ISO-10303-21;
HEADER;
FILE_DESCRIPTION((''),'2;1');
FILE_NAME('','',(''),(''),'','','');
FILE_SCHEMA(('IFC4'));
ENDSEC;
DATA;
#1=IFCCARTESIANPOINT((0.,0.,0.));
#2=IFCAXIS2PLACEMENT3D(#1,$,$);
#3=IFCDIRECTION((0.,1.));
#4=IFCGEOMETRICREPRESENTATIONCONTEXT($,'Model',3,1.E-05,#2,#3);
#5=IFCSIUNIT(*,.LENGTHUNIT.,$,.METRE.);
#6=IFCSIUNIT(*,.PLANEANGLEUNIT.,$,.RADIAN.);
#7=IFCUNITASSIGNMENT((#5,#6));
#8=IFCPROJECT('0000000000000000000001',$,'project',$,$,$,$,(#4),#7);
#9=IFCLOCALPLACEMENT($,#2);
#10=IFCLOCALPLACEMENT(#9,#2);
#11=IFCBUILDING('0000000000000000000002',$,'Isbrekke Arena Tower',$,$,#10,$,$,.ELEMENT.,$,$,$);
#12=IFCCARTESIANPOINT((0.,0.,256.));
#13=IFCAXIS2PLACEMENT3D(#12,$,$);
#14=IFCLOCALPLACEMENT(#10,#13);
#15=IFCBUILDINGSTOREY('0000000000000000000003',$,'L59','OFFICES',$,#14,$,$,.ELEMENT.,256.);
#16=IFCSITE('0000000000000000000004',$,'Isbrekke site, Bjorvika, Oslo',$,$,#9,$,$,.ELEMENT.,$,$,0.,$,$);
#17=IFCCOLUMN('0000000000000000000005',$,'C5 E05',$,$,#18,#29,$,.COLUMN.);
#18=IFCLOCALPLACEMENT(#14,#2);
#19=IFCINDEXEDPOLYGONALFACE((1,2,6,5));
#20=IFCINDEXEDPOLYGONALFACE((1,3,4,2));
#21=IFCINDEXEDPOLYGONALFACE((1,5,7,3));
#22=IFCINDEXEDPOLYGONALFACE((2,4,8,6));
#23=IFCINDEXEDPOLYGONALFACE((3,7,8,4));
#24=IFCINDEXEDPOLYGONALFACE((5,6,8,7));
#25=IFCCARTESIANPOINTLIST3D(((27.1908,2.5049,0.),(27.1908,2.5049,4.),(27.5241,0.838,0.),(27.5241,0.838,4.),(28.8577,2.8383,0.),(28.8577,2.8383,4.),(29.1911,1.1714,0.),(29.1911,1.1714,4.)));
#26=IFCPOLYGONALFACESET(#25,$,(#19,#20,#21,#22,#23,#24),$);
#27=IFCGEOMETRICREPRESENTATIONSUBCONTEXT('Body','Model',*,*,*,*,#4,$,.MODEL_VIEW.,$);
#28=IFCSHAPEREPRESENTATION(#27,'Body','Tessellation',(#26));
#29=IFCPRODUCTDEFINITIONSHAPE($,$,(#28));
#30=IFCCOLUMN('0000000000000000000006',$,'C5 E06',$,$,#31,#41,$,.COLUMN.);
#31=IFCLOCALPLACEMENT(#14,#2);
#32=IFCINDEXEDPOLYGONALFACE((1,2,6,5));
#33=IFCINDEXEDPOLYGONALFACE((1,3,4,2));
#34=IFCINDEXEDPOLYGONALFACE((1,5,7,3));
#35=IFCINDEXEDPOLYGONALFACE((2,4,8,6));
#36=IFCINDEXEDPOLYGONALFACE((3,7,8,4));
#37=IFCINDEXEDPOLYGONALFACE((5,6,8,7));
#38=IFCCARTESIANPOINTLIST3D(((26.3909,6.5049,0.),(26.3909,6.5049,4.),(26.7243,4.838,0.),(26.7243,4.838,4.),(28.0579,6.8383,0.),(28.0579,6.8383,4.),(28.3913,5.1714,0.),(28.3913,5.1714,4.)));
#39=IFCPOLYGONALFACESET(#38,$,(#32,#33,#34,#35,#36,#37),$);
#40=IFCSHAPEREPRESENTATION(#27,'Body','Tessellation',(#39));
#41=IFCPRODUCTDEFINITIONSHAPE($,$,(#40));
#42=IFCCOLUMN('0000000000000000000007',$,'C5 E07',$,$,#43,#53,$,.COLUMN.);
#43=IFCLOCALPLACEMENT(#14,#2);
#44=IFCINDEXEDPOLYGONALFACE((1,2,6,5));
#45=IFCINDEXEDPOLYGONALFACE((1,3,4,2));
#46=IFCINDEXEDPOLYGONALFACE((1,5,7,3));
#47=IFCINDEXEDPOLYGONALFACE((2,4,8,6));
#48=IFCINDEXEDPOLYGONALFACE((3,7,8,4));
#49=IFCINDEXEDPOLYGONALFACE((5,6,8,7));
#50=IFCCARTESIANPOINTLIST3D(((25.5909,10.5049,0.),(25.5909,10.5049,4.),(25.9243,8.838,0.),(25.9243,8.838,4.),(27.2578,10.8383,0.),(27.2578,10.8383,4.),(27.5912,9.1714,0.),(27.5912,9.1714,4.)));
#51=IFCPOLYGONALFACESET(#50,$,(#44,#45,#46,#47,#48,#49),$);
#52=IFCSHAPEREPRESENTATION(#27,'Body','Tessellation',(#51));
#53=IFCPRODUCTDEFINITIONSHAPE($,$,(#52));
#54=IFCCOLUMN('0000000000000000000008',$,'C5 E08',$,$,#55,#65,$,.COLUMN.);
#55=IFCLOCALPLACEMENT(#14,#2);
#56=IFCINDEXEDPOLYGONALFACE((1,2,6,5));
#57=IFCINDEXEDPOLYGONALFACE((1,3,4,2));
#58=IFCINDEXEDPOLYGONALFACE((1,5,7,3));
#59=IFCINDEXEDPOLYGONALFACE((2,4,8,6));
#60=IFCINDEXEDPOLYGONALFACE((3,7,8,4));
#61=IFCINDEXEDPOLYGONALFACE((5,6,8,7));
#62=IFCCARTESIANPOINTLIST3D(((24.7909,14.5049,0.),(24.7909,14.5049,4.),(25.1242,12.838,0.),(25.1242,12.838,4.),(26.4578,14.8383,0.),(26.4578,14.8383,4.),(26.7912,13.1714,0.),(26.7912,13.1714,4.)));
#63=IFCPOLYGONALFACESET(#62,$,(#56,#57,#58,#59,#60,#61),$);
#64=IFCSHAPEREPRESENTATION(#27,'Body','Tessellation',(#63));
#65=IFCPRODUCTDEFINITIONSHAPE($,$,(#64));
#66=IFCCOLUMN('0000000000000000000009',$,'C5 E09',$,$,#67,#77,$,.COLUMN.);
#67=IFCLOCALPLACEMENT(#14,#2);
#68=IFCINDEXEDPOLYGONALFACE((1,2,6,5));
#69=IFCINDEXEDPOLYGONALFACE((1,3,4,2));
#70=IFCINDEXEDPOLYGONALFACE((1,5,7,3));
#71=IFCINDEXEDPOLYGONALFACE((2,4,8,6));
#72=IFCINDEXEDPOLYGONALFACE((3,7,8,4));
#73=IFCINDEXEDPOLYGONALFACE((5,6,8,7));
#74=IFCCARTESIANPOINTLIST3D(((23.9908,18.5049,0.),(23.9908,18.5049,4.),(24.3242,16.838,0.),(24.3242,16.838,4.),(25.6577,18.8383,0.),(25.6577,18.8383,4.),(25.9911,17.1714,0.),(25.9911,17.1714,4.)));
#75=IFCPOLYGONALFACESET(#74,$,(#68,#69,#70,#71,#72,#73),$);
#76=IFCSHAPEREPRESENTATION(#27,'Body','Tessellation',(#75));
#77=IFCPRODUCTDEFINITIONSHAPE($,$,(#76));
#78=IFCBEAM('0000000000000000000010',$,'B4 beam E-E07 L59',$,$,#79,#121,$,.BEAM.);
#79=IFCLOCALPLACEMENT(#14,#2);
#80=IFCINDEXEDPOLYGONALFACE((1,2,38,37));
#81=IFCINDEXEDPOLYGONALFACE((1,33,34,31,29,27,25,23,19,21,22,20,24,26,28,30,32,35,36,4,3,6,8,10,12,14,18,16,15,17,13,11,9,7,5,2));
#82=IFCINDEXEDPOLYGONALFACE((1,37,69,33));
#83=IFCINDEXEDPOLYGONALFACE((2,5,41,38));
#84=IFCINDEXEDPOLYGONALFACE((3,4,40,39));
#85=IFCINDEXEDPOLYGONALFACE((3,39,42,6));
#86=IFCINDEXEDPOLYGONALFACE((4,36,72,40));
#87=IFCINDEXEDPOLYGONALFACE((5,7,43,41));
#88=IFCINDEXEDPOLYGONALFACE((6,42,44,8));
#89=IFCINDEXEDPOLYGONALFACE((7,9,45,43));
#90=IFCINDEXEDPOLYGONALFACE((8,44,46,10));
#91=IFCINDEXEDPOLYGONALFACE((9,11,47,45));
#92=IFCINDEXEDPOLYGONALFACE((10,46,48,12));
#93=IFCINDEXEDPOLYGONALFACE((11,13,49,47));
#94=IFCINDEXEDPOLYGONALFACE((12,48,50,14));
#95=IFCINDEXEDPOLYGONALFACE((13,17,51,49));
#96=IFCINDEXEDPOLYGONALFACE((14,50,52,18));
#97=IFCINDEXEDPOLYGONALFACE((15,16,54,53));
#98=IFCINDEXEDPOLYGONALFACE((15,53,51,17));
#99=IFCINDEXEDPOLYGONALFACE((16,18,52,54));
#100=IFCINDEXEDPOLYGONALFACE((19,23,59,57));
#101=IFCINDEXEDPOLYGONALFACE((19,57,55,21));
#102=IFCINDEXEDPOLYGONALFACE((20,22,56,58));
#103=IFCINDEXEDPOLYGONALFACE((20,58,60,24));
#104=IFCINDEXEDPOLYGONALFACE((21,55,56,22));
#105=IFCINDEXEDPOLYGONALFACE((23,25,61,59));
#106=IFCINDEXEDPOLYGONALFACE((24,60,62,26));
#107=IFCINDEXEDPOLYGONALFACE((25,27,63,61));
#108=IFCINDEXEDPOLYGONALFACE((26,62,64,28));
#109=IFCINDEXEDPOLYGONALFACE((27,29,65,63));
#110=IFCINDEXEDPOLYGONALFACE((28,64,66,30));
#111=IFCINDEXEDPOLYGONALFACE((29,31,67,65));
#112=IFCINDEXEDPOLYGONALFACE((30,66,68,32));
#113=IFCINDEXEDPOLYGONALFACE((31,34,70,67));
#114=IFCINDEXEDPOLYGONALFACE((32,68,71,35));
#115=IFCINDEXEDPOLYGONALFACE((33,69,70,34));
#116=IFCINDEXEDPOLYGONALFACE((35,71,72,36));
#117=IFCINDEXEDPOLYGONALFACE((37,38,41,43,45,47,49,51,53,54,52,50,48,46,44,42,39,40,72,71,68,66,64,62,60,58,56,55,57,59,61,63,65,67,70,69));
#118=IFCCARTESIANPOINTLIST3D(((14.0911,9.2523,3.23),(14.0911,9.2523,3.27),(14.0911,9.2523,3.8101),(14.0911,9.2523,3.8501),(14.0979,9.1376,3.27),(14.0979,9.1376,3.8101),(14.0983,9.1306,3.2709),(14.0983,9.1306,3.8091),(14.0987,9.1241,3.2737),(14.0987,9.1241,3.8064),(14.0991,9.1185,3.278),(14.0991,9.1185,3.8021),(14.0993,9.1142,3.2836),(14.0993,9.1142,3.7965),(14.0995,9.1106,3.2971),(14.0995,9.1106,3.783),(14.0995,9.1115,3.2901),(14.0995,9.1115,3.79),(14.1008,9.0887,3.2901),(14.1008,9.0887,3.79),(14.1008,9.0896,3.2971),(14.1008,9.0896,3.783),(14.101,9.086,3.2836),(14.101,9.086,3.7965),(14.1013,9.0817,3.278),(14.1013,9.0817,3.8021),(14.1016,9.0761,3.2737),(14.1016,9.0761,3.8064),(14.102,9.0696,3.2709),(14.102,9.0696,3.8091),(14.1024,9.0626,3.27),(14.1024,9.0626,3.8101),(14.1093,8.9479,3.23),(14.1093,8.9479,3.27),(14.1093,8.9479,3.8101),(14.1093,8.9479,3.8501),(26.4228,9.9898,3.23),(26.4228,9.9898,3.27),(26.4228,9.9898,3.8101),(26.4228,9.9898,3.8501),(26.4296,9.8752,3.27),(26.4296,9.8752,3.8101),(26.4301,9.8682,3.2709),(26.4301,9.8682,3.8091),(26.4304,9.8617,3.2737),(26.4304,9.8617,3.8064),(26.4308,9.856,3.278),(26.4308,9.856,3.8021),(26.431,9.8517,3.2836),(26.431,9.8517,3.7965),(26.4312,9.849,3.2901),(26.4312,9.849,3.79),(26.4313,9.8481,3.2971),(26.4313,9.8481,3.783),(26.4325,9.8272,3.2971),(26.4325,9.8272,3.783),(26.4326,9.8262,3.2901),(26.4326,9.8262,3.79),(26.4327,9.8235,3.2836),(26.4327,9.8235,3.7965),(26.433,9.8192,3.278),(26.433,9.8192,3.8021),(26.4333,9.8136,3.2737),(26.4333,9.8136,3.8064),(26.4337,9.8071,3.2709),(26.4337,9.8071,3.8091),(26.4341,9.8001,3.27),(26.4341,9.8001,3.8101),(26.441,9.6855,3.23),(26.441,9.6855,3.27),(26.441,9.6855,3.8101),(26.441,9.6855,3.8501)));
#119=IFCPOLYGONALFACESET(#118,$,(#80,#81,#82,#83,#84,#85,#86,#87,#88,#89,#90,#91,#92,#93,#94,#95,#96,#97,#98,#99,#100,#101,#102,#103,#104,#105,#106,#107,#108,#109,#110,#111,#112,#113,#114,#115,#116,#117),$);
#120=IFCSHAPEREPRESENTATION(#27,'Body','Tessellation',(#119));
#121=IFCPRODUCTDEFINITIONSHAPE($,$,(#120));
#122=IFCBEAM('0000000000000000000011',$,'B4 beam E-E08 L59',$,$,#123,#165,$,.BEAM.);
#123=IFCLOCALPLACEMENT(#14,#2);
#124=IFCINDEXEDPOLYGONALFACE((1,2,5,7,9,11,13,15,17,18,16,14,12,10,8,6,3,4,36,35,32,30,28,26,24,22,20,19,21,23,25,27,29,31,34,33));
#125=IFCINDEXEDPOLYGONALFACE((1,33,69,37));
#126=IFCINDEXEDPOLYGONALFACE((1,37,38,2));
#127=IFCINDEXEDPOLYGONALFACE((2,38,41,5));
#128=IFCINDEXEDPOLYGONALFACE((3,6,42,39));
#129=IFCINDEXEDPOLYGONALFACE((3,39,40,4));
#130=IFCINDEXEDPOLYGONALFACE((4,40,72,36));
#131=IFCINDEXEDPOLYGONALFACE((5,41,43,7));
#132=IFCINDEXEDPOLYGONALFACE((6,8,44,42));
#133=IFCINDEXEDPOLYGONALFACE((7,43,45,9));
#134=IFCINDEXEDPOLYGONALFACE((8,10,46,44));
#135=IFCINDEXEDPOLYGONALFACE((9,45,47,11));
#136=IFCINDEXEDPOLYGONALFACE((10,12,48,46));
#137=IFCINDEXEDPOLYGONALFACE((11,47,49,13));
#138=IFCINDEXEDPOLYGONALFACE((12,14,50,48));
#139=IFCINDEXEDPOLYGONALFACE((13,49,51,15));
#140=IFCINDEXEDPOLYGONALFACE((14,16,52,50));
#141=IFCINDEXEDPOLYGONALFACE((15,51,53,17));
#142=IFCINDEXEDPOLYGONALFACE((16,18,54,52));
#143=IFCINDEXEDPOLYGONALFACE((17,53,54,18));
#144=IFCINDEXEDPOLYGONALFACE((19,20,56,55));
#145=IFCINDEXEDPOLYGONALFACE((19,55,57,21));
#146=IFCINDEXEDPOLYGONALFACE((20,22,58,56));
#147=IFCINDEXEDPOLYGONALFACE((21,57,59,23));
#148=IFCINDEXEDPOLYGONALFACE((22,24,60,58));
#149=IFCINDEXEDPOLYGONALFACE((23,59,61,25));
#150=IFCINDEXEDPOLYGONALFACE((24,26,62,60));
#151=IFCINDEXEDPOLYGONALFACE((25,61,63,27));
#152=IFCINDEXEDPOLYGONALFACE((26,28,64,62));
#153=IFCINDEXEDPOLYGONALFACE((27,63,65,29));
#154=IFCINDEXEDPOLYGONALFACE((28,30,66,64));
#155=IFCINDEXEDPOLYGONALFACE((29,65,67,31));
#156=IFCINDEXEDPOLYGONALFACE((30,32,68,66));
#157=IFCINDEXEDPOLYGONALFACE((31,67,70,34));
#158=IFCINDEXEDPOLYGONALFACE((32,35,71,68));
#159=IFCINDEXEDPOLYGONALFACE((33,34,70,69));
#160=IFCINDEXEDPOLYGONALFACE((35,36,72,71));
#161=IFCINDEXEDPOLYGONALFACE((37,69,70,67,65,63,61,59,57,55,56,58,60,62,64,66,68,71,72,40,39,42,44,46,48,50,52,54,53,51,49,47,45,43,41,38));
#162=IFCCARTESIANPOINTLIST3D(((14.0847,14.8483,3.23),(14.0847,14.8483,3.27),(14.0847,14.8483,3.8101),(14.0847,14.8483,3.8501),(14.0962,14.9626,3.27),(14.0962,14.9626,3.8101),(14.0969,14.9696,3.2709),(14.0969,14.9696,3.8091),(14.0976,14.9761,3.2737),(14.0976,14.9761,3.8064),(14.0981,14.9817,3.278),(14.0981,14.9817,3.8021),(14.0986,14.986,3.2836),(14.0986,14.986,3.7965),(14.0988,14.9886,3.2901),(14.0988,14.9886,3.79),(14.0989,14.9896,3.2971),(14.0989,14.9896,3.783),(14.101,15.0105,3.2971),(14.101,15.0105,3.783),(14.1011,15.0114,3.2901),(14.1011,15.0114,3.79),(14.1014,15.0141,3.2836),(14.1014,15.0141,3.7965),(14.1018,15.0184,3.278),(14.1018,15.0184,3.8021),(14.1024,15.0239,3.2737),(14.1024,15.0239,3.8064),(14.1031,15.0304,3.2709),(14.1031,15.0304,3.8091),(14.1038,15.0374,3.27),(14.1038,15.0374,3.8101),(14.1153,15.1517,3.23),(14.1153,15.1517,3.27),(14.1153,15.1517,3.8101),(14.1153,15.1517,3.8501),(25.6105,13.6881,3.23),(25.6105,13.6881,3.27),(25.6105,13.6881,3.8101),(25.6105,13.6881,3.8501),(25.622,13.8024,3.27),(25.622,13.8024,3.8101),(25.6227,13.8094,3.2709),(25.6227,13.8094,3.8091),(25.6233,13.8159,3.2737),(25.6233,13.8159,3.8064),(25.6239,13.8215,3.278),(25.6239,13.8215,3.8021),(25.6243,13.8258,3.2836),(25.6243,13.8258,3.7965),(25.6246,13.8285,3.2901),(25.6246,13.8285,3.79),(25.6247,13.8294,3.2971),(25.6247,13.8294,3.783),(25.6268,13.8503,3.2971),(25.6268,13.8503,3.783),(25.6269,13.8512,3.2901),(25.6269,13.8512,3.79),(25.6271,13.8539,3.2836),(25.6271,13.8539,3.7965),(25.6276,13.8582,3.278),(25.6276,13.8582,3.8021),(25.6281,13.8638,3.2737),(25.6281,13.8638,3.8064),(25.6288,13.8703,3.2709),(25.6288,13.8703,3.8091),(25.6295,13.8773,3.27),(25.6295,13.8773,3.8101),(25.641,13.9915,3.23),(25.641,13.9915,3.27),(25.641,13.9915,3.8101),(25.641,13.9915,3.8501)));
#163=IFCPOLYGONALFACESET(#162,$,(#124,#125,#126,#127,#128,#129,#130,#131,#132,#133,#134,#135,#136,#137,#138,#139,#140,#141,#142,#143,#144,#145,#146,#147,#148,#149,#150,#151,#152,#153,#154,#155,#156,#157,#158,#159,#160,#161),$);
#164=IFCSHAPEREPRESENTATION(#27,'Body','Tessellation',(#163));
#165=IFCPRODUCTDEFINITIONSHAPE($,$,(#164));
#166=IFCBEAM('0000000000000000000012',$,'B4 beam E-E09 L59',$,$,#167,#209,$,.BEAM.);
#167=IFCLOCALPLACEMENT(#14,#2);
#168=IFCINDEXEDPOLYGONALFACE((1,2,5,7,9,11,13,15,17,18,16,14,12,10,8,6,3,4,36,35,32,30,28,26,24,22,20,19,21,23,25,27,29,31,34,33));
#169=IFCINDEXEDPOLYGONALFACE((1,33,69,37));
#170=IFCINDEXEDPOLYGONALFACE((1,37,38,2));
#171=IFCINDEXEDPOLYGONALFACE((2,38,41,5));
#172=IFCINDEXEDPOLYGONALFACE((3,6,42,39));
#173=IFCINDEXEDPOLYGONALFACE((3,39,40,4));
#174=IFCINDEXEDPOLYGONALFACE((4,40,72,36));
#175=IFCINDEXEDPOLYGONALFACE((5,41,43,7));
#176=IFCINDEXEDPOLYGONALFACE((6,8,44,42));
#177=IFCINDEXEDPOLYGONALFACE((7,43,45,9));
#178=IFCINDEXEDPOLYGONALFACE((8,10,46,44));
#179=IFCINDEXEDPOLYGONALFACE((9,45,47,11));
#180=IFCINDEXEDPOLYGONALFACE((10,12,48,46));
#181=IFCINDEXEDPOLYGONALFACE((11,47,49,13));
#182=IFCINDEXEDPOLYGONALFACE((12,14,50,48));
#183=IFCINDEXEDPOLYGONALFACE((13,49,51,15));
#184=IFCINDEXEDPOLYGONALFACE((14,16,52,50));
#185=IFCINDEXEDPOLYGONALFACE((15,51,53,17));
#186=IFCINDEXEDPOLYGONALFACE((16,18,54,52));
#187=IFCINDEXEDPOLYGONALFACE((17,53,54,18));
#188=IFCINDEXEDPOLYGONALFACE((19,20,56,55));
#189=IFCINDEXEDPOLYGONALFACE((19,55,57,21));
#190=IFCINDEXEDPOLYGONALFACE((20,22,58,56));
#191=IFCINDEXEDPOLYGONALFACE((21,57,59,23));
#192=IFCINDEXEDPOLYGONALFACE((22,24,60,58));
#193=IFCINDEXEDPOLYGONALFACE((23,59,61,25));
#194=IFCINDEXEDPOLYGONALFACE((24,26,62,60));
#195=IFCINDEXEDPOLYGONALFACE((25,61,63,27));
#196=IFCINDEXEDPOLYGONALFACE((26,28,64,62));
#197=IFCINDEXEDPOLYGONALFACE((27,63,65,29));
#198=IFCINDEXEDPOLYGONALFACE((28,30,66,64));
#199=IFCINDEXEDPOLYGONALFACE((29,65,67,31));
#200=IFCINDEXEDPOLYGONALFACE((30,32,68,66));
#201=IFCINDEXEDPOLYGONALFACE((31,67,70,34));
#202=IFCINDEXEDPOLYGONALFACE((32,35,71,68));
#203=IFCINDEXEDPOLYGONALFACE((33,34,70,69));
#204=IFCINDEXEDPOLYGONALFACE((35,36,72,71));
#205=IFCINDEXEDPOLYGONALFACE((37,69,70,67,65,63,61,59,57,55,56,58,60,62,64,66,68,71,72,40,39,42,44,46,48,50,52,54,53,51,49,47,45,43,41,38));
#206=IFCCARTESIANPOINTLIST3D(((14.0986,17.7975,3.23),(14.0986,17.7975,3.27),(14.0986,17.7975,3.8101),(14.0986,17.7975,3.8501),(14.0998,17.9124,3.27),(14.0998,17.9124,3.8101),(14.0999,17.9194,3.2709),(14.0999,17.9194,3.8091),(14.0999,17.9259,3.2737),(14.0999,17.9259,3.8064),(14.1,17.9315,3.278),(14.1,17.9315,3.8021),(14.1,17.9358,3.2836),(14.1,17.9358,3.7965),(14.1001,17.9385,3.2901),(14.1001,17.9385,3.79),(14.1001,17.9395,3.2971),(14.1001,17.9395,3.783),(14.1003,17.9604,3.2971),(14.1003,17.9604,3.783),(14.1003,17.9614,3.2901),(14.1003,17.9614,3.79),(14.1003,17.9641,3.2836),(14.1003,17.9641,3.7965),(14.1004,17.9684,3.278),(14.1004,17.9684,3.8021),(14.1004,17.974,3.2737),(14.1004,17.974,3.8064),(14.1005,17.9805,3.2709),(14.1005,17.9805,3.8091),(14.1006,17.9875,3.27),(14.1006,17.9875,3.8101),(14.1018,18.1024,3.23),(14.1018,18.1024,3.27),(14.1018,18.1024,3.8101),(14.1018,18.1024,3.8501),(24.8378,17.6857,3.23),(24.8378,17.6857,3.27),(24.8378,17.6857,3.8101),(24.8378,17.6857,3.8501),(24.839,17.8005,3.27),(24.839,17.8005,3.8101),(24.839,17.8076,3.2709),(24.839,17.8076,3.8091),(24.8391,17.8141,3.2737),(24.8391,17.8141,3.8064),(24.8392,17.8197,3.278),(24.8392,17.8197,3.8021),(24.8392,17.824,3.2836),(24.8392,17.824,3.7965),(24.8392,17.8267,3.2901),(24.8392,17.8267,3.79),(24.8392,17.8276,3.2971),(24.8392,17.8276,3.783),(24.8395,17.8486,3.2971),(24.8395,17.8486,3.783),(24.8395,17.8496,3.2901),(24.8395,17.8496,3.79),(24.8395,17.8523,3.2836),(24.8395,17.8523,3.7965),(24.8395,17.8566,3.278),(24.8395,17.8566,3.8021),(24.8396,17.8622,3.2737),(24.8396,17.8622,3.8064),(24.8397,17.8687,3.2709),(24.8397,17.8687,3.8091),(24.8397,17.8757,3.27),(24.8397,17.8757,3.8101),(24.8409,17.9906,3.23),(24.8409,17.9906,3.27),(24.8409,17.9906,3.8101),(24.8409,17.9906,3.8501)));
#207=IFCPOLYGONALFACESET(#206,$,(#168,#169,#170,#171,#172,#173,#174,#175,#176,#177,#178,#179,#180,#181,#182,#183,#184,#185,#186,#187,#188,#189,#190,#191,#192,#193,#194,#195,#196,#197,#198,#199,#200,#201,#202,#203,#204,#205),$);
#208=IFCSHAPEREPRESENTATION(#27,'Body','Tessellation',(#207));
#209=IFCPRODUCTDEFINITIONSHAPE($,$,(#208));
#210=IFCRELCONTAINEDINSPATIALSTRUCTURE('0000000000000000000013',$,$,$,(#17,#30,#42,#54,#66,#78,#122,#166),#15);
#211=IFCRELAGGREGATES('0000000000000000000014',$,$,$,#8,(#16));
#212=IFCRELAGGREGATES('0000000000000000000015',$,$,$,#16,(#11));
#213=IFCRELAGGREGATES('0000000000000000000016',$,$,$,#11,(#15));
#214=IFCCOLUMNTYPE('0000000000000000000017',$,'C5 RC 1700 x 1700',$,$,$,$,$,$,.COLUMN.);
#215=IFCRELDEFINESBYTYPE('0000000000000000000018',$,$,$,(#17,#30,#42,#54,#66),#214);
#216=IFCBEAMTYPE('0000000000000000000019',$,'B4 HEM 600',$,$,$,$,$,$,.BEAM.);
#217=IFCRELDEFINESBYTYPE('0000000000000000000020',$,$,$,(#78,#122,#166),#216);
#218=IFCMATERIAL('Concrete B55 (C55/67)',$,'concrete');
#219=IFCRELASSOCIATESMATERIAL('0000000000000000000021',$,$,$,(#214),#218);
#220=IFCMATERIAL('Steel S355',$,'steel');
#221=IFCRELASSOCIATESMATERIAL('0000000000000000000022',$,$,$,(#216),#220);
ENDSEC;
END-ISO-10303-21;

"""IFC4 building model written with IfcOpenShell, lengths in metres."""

from ifc_helpers import new_model, si_unit, direction, frame, origin, origin_2d, place, context, subcontext, project, spatial, rectangle, i_section, extrude, material, material_profile, profile_set, type_object, element, save


model = new_model("IFC4")

# Units and contexts
model_context = context("Model", 3, precision=1e-05, world=origin(), true_north=direction((0.0, 1.0)))
body_context = subcontext(model_context, "Body", "Model", "MODEL_VIEW")
ifc_project = project(units=[si_unit("LENGTHUNIT", "METRE"), si_unit("PLANEANGLEUNIT", "RADIAN")], contexts=[model_context])

# Site, building, storey
site_placement = place(None, origin())
site = spatial("IfcSite", under=ifc_project, at=site_placement, Name="Isbrekke site, Bjorvika, Oslo", CompositionType="ELEMENT", RefElevation=0.0)
building_placement = place(site_placement, origin())
building = spatial("IfcBuilding", under=site, at=building_placement, Name="Isbrekke Arena Tower", CompositionType="ELEMENT")
storey_placement = place(building_placement, frame((0.0, 0.0, 256.0)))
storey = spatial("IfcBuildingStorey", under=building, at=storey_placement, Name="L59", Description="OFFICES", CompositionType="ELEMENT", Elevation=256.0)

# Columns
ifc_material_1 = material(Name="Concrete B55 (C55/67)", Category="concrete")
ifc_material_profile_1 = material_profile(ifc_material_1, rectangle(XDim=1.7, YDim=1.7, at=origin_2d()), Name="RC 1700x1700")
ifc_profile_set_1 = profile_set([ifc_material_profile_1], Name="Concrete B55 (C55/67)")
column_type = type_object("IfcColumnType", Name="C5 RC 1700 x 1700", PredefinedType="COLUMN", material=ifc_profile_set_1)
for number, where, z_axis, x_axis, name in (
    (1, (28.1909, 1.8381, 0.0), (0.0, 0.0, 1.0), (-0.196116, 0.980581, 0.0), "C5 E05"),
    (2, (27.3911, 5.8381, 0.0), (0.0, 0.0, 1.0), (-0.196116, 0.980581, 0.0), "C5 E06"),
    (3, (26.5911, 9.8381, 0.0), (0.0, 0.0, 1.0), (-0.196116, 0.980581, 0.0), "C5 E07"),
    (4, (25.791, 13.8381, 0.0), (0.0, 0.0, 1.0), (-0.196116, 0.980581, 0.0), "C5 E08"),
    (5, (24.991, 17.8381, 0.0), (0.0, 0.0, 1.0), (-0.196116, 0.980581, 0.0), "C5 E09"),
):
    element("IfcColumn", number, at=place(storey_placement, frame(where, z_axis=z_axis, x_axis=x_axis)), inside=storey, type_object=column_type, Name=name, PredefinedType="COLUMN", context=body_context, shape_type="SweptSolid", body=[
        extrude(rectangle(XDim=1.7, YDim=1.7, at=origin_2d()), origin(), (0.0, 0.0, 1.0), 4.0),
    ])

# Beams
ifc_material_2 = material(Name="Steel S355", Category="steel")
ifc_material_profile_2 = material_profile(ifc_material_2, i_section(OverallWidth=0.3049, OverallDepth=0.6201, WebThickness=0.021, FlangeThickness=0.04, FilletRadius=0.0271, at=origin_2d()), Name="HEM 600")
ifc_profile_set_2 = profile_set([ifc_material_profile_2], Name="Steel S355")
beam_type_1 = type_object("IfcBeamType", Name="B4 HEM 600", PredefinedType="BEAM", material=ifc_profile_set_2)
beam_1_placement = place(storey_placement, frame((26.4319, 9.8376, 3.54), z_axis=(-0.998216, -0.059702, 0.0), x_axis=(0.059702, -0.998216, 0.0)))
element("IfcBeam", 6, at=beam_1_placement, inside=storey, type_object=beam_type_1, Name="B4 beam E-E07 L59", PredefinedType="BEAM", context=body_context, shape_type="SweptSolid", body=[
    extrude(i_section(OverallWidth=0.3049, OverallDepth=0.6201, WebThickness=0.021, FlangeThickness=0.04, FilletRadius=0.0271, at=origin_2d()), origin(), (0.0, 0.0, 1.0), 12.3538),
])
beam_2_placement = place(storey_placement, frame((25.6257, 13.8398, 3.54), z_axis=(-0.994972, 0.100153, 0.0), x_axis=(-0.100153, -0.994972, 0.0)))
element("IfcBeam", 7, at=beam_2_placement, inside=storey, type_object=beam_type_1, Name="B4 beam E-E08 L59", PredefinedType="BEAM", context=body_context, shape_type="SweptSolid", body=[
    extrude(i_section(OverallWidth=0.3049, OverallDepth=0.6201, WebThickness=0.021, FlangeThickness=0.04, FilletRadius=0.0271, at=origin_2d()), origin(), (0.0, 0.0, 1.0), 11.584),
])
beam_3_placement = place(storey_placement, frame((24.8394, 17.8381, 3.54), z_axis=(-0.999946, 0.010411, 0.0), x_axis=(-0.010411, -0.999946, 0.0)))
element("IfcBeam", 8, at=beam_3_placement, inside=storey, type_object=beam_type_1, Name="B4 beam E-E09 L59", PredefinedType="BEAM", context=body_context, shape_type="SweptSolid", body=[
    extrude(i_section(OverallWidth=0.3049, OverallDepth=0.6201, WebThickness=0.021, FlangeThickness=0.04, FilletRadius=0.0271, at=origin_2d()), origin(), (0.0, 0.0, 1.0), 10.7397),
])

save(model, "model.ifc")
